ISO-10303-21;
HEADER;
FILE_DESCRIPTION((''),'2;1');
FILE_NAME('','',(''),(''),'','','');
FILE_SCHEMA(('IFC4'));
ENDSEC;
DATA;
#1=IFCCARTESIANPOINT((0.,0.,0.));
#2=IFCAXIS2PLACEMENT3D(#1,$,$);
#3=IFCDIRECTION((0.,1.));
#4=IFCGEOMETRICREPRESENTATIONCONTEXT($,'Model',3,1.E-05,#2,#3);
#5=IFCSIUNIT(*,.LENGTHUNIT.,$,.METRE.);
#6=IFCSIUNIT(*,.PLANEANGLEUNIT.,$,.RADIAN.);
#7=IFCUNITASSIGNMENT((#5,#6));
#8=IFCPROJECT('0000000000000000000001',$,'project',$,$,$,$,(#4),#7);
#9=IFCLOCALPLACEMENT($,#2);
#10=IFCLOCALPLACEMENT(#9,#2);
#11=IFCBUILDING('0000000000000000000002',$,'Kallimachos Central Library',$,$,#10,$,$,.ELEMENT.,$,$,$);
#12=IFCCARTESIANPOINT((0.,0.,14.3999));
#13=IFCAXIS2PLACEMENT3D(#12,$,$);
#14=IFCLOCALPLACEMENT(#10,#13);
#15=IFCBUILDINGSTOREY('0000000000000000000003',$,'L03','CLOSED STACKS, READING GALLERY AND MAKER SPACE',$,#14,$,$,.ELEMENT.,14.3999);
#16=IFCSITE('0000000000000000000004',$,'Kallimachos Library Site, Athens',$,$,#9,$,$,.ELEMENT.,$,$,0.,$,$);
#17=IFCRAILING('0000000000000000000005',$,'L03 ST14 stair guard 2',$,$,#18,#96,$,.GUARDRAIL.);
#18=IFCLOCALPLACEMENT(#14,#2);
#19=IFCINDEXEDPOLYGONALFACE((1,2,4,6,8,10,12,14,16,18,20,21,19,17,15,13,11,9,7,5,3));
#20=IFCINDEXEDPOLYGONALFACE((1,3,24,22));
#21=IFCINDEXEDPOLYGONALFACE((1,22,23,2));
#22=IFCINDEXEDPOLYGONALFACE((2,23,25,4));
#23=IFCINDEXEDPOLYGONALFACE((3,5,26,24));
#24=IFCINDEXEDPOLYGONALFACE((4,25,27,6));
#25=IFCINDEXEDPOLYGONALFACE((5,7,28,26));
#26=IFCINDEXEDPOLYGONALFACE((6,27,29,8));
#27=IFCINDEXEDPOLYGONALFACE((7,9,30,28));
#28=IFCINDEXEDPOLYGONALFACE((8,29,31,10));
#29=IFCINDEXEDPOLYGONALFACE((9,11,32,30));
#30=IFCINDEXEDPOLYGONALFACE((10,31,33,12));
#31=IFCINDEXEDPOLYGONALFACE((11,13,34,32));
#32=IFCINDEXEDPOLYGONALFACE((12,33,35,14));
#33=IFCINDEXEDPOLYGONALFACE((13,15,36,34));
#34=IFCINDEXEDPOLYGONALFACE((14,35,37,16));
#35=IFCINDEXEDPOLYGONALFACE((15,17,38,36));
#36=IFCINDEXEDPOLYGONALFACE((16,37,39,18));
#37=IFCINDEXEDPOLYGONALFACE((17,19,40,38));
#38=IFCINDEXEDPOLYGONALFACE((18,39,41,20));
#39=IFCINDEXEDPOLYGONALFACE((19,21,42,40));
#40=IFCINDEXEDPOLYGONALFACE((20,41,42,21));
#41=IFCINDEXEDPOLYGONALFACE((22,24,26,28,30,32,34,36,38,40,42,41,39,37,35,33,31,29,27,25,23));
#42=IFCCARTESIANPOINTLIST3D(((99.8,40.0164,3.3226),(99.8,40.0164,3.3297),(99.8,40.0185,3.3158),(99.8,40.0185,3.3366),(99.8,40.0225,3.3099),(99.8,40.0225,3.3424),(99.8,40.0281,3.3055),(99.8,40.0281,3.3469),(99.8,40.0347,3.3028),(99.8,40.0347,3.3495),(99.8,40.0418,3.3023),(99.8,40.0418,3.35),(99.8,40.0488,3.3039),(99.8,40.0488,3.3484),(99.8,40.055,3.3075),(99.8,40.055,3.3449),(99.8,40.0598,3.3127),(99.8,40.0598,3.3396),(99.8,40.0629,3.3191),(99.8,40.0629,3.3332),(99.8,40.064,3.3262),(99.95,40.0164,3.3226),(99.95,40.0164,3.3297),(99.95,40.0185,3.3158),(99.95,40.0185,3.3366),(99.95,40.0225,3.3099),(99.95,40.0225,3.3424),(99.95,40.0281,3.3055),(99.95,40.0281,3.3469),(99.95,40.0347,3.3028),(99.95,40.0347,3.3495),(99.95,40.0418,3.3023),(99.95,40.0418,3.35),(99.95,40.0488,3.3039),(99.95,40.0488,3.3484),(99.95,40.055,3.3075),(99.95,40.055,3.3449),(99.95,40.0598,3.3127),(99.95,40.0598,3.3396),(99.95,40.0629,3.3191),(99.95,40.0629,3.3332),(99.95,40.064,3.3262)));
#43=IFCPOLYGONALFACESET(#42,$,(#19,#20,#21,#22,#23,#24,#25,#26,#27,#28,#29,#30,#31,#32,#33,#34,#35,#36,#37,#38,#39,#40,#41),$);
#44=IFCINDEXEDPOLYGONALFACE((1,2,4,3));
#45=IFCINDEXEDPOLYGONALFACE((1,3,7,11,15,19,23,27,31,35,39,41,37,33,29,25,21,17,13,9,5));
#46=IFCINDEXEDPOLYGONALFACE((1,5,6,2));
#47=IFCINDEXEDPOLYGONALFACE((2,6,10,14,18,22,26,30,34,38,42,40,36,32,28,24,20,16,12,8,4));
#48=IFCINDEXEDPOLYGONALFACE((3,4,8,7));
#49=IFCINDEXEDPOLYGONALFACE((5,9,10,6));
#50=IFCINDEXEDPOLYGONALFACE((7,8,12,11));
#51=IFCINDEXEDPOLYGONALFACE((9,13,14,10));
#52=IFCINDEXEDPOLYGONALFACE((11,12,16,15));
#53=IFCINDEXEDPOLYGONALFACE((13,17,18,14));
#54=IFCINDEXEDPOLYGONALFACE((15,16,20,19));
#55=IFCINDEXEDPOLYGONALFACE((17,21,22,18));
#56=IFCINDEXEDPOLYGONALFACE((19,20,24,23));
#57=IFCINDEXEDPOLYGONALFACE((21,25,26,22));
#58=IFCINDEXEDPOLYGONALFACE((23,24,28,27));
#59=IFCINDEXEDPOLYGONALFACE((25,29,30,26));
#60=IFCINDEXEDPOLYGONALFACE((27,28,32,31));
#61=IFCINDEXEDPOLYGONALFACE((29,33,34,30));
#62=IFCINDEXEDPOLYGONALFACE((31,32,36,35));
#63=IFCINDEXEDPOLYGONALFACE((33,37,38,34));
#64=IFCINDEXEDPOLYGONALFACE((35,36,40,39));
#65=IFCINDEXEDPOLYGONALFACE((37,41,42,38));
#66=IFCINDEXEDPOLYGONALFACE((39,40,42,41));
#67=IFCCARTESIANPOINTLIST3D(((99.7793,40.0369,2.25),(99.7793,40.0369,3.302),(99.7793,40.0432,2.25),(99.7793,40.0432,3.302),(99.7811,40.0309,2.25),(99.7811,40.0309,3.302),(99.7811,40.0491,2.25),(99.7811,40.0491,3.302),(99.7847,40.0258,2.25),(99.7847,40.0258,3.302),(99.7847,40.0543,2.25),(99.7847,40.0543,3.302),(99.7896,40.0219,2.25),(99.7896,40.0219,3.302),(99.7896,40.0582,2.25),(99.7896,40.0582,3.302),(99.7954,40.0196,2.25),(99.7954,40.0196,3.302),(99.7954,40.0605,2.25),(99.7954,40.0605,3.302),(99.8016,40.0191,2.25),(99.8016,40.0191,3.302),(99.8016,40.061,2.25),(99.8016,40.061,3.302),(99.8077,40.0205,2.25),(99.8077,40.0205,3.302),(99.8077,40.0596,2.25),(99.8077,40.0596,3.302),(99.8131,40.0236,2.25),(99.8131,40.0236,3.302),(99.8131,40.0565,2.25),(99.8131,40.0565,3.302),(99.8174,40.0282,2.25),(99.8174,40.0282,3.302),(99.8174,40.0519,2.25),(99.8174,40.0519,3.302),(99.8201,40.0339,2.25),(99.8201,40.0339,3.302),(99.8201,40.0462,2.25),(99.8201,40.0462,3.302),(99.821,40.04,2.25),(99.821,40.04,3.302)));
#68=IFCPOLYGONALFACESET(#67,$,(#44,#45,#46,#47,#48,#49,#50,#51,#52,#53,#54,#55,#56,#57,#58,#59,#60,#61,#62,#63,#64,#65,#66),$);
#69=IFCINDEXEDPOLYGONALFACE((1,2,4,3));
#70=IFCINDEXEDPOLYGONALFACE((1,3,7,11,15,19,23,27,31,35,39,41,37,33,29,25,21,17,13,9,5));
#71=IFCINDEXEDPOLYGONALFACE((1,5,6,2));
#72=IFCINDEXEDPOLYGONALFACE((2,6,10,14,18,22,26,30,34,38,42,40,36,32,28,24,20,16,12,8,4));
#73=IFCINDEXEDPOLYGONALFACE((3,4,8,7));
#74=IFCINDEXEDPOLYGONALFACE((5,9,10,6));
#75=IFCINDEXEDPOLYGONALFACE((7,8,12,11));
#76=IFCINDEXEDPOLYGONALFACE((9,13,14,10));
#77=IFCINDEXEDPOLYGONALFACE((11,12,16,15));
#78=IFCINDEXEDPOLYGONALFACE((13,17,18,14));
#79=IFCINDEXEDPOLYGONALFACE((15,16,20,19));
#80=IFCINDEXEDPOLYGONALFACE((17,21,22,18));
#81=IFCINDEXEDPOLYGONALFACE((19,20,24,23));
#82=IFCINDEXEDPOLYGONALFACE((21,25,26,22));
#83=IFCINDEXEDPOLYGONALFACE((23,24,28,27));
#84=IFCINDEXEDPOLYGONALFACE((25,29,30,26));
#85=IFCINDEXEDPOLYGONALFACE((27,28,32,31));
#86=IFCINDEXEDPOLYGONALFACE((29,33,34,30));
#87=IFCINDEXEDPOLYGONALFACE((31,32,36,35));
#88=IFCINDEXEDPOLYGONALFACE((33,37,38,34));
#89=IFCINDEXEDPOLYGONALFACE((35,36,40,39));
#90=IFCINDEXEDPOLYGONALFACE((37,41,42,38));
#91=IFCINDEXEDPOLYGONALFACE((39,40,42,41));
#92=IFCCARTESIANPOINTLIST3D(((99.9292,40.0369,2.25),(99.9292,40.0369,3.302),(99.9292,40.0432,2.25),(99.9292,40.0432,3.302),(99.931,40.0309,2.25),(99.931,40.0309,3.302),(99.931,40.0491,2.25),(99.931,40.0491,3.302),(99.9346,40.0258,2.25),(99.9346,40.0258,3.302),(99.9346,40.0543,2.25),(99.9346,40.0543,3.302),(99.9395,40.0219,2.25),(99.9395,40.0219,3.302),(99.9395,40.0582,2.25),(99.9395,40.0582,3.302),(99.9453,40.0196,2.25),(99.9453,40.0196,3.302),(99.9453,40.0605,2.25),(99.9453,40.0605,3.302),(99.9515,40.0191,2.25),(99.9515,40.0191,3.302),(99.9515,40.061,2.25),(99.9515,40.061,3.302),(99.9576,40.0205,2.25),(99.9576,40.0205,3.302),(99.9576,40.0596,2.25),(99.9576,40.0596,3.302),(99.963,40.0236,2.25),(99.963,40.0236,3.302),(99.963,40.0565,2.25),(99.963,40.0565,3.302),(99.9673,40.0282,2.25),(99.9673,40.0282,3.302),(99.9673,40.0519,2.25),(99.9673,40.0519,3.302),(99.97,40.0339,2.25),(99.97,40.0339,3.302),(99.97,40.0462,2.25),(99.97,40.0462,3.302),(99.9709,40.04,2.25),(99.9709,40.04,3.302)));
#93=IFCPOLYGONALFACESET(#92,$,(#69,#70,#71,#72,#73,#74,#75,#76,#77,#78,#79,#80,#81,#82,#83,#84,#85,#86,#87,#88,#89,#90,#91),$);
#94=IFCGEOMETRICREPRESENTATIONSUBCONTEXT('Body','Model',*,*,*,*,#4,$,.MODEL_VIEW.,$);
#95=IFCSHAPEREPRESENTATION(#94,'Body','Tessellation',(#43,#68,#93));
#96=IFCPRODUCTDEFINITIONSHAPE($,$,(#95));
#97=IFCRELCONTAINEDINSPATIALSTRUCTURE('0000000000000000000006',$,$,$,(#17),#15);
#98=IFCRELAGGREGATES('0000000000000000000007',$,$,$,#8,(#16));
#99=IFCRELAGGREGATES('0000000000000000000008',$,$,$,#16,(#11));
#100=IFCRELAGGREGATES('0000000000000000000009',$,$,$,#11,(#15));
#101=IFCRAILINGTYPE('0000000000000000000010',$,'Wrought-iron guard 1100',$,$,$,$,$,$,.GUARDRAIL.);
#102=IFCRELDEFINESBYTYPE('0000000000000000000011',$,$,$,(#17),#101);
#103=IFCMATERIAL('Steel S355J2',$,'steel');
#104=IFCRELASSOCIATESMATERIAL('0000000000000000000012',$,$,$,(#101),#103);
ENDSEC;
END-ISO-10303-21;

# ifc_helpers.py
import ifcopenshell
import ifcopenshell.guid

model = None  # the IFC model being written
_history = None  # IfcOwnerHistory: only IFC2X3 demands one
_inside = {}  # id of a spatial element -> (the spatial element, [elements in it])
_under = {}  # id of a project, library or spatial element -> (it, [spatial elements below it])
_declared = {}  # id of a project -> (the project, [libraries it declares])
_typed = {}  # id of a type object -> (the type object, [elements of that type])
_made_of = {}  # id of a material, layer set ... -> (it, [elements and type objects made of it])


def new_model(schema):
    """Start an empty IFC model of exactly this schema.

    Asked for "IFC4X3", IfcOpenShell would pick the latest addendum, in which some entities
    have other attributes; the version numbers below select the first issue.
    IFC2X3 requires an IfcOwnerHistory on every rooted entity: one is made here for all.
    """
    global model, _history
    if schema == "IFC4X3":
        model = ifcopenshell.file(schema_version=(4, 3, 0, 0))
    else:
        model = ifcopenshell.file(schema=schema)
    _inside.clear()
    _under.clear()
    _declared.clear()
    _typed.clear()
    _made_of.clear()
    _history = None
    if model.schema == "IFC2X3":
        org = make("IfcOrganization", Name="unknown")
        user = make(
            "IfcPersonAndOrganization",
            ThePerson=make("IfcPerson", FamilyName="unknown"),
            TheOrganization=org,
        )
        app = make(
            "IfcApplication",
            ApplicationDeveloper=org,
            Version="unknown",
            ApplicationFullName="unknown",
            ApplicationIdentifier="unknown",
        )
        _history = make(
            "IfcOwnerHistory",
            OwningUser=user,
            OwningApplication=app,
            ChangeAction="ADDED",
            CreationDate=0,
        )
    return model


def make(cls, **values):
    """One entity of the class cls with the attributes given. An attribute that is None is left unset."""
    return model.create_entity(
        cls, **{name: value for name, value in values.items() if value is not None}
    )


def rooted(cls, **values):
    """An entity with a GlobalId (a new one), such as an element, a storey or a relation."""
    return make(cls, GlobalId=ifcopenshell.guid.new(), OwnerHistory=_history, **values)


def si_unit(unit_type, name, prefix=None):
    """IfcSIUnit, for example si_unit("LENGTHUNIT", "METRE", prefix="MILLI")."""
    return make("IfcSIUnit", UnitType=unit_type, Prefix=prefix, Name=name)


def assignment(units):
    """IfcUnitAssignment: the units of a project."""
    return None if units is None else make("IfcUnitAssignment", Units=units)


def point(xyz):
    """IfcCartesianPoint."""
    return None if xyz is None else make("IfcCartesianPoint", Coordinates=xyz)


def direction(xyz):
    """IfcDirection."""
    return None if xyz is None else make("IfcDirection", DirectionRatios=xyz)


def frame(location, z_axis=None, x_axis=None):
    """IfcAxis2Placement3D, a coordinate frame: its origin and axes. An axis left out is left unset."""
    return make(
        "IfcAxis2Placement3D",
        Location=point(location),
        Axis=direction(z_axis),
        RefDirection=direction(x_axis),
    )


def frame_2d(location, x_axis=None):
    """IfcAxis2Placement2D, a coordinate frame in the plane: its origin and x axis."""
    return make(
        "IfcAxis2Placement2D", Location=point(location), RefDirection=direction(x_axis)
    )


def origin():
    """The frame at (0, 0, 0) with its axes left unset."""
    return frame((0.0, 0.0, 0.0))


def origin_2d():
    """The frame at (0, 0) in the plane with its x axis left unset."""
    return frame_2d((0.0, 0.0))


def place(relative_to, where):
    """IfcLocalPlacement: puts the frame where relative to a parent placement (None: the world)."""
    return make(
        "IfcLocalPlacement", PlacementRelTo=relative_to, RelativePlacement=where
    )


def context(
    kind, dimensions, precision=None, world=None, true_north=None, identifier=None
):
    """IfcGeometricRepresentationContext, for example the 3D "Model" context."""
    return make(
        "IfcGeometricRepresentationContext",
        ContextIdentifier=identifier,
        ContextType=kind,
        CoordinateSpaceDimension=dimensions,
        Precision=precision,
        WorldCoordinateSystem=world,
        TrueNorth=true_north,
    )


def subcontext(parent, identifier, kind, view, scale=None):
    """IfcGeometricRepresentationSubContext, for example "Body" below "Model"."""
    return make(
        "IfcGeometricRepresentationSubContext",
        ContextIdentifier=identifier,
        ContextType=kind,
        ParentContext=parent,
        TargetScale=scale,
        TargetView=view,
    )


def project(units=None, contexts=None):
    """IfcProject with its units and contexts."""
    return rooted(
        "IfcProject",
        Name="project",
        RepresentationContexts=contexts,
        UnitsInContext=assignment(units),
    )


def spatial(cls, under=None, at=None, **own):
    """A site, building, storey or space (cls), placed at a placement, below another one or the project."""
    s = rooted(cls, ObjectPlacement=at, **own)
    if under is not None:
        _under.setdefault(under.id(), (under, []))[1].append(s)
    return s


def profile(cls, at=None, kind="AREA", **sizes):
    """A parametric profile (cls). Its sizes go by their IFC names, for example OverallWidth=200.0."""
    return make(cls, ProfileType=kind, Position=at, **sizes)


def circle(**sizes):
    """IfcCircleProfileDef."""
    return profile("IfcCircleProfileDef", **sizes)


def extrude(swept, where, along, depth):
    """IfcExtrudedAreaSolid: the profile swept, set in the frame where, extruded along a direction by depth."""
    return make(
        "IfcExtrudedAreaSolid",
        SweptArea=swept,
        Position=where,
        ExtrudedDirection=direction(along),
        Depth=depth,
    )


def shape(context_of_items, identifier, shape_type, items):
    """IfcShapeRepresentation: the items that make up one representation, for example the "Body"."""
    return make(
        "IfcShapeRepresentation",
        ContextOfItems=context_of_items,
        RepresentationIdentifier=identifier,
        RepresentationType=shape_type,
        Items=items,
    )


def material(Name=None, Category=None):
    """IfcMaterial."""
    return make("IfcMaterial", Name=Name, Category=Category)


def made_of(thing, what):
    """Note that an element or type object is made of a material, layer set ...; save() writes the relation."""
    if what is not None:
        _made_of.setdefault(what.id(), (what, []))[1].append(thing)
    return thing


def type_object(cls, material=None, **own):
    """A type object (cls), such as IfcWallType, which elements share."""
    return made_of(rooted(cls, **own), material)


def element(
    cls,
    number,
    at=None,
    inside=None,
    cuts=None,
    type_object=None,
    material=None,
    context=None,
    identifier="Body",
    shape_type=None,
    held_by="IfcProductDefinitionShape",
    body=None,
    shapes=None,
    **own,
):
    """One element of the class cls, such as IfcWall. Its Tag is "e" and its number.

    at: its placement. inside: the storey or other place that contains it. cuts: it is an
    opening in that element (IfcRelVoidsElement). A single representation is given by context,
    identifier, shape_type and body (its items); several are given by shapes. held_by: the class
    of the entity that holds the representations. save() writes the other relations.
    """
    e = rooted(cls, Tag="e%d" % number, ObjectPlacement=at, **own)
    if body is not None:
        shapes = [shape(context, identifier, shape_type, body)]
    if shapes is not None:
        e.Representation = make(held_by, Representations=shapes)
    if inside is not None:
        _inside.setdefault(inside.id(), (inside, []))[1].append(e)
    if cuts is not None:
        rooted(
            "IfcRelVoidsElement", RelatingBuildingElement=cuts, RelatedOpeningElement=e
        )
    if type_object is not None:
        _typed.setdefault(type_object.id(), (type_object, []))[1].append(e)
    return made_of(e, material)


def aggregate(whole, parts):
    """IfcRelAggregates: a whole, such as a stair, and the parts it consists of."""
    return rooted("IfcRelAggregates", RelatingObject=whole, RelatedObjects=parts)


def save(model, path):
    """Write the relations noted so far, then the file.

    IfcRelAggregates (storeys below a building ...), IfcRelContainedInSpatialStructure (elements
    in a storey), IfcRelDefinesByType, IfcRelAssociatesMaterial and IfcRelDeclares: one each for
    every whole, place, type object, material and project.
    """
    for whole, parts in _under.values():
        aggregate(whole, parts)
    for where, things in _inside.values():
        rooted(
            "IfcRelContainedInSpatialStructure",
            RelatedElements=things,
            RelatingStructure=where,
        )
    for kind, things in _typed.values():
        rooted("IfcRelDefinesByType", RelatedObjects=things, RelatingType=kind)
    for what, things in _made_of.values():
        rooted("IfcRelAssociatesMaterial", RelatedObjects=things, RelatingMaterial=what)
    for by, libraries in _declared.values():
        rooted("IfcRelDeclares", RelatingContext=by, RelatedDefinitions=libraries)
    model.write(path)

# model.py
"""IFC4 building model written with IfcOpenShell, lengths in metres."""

from ifc_helpers import new_model, si_unit, direction, frame, origin, origin_2d, place, context, subcontext, project, spatial, circle, extrude, material, type_object, element, save


model = new_model("IFC4")

# Units and contexts
model_context = context("Model", 3, precision=1e-05, world=origin(), true_north=direction((0.0, 1.0)))
body_context = subcontext(model_context, "Body", "Model", "MODEL_VIEW")
ifc_project = project(units=[si_unit("LENGTHUNIT", "METRE"), si_unit("PLANEANGLEUNIT", "RADIAN")], contexts=[model_context])

# Site, building, storey
site_placement = place(None, origin())
site = spatial("IfcSite", under=ifc_project, at=site_placement, Name="Kallimachos Library Site, Athens", CompositionType="ELEMENT", RefElevation=0.0)
building_placement = place(site_placement, origin())
building = spatial("IfcBuilding", under=site, at=building_placement, Name="Kallimachos Central Library", CompositionType="ELEMENT")
storey_placement = place(building_placement, frame((0.0, 0.0, 14.3999)))
storey = spatial("IfcBuildingStorey", under=building, at=storey_placement, Name="L03", Description="CLOSED STACKS, READING GALLERY AND MAKER SPACE", CompositionType="ELEMENT", Elevation=14.3999)

# Railing
ifc_material_1 = material(Name="Steel S355J2", Category="steel")
railing_type_1 = type_object("IfcRailingType", Name="Wrought-iron guard 1100", PredefinedType="GUARDRAIL", material=ifc_material_1)
railing_1_placement = place(storey_placement, frame((99.8, 40.04, 2.25)))
element("IfcRailing", 1, at=railing_1_placement, inside=storey, type_object=railing_type_1, Name="L03 ST14 stair guard 2", PredefinedType="GUARDRAIL", context=body_context, shape_type="SweptSolid", body=[
    extrude(circle(Radius=0.0239, at=origin_2d()), frame((0.0, 0.0, 1.0762), z_axis=(1.0, 0.0, 0.0), x_axis=(0.0, 1.0, 0.0)), (0.0, 0.0, 1.0), 0.1499),
    extrude(circle(Radius=0.021, at=origin_2d()), origin(), (0.0, 0.0, 1.0), 1.052),
    extrude(circle(Radius=0.021, at=origin_2d()), frame((0.1499, 0.0, 0.0)), (0.0, 0.0, 1.0), 1.052),
])

save(model, "model.ifc")
